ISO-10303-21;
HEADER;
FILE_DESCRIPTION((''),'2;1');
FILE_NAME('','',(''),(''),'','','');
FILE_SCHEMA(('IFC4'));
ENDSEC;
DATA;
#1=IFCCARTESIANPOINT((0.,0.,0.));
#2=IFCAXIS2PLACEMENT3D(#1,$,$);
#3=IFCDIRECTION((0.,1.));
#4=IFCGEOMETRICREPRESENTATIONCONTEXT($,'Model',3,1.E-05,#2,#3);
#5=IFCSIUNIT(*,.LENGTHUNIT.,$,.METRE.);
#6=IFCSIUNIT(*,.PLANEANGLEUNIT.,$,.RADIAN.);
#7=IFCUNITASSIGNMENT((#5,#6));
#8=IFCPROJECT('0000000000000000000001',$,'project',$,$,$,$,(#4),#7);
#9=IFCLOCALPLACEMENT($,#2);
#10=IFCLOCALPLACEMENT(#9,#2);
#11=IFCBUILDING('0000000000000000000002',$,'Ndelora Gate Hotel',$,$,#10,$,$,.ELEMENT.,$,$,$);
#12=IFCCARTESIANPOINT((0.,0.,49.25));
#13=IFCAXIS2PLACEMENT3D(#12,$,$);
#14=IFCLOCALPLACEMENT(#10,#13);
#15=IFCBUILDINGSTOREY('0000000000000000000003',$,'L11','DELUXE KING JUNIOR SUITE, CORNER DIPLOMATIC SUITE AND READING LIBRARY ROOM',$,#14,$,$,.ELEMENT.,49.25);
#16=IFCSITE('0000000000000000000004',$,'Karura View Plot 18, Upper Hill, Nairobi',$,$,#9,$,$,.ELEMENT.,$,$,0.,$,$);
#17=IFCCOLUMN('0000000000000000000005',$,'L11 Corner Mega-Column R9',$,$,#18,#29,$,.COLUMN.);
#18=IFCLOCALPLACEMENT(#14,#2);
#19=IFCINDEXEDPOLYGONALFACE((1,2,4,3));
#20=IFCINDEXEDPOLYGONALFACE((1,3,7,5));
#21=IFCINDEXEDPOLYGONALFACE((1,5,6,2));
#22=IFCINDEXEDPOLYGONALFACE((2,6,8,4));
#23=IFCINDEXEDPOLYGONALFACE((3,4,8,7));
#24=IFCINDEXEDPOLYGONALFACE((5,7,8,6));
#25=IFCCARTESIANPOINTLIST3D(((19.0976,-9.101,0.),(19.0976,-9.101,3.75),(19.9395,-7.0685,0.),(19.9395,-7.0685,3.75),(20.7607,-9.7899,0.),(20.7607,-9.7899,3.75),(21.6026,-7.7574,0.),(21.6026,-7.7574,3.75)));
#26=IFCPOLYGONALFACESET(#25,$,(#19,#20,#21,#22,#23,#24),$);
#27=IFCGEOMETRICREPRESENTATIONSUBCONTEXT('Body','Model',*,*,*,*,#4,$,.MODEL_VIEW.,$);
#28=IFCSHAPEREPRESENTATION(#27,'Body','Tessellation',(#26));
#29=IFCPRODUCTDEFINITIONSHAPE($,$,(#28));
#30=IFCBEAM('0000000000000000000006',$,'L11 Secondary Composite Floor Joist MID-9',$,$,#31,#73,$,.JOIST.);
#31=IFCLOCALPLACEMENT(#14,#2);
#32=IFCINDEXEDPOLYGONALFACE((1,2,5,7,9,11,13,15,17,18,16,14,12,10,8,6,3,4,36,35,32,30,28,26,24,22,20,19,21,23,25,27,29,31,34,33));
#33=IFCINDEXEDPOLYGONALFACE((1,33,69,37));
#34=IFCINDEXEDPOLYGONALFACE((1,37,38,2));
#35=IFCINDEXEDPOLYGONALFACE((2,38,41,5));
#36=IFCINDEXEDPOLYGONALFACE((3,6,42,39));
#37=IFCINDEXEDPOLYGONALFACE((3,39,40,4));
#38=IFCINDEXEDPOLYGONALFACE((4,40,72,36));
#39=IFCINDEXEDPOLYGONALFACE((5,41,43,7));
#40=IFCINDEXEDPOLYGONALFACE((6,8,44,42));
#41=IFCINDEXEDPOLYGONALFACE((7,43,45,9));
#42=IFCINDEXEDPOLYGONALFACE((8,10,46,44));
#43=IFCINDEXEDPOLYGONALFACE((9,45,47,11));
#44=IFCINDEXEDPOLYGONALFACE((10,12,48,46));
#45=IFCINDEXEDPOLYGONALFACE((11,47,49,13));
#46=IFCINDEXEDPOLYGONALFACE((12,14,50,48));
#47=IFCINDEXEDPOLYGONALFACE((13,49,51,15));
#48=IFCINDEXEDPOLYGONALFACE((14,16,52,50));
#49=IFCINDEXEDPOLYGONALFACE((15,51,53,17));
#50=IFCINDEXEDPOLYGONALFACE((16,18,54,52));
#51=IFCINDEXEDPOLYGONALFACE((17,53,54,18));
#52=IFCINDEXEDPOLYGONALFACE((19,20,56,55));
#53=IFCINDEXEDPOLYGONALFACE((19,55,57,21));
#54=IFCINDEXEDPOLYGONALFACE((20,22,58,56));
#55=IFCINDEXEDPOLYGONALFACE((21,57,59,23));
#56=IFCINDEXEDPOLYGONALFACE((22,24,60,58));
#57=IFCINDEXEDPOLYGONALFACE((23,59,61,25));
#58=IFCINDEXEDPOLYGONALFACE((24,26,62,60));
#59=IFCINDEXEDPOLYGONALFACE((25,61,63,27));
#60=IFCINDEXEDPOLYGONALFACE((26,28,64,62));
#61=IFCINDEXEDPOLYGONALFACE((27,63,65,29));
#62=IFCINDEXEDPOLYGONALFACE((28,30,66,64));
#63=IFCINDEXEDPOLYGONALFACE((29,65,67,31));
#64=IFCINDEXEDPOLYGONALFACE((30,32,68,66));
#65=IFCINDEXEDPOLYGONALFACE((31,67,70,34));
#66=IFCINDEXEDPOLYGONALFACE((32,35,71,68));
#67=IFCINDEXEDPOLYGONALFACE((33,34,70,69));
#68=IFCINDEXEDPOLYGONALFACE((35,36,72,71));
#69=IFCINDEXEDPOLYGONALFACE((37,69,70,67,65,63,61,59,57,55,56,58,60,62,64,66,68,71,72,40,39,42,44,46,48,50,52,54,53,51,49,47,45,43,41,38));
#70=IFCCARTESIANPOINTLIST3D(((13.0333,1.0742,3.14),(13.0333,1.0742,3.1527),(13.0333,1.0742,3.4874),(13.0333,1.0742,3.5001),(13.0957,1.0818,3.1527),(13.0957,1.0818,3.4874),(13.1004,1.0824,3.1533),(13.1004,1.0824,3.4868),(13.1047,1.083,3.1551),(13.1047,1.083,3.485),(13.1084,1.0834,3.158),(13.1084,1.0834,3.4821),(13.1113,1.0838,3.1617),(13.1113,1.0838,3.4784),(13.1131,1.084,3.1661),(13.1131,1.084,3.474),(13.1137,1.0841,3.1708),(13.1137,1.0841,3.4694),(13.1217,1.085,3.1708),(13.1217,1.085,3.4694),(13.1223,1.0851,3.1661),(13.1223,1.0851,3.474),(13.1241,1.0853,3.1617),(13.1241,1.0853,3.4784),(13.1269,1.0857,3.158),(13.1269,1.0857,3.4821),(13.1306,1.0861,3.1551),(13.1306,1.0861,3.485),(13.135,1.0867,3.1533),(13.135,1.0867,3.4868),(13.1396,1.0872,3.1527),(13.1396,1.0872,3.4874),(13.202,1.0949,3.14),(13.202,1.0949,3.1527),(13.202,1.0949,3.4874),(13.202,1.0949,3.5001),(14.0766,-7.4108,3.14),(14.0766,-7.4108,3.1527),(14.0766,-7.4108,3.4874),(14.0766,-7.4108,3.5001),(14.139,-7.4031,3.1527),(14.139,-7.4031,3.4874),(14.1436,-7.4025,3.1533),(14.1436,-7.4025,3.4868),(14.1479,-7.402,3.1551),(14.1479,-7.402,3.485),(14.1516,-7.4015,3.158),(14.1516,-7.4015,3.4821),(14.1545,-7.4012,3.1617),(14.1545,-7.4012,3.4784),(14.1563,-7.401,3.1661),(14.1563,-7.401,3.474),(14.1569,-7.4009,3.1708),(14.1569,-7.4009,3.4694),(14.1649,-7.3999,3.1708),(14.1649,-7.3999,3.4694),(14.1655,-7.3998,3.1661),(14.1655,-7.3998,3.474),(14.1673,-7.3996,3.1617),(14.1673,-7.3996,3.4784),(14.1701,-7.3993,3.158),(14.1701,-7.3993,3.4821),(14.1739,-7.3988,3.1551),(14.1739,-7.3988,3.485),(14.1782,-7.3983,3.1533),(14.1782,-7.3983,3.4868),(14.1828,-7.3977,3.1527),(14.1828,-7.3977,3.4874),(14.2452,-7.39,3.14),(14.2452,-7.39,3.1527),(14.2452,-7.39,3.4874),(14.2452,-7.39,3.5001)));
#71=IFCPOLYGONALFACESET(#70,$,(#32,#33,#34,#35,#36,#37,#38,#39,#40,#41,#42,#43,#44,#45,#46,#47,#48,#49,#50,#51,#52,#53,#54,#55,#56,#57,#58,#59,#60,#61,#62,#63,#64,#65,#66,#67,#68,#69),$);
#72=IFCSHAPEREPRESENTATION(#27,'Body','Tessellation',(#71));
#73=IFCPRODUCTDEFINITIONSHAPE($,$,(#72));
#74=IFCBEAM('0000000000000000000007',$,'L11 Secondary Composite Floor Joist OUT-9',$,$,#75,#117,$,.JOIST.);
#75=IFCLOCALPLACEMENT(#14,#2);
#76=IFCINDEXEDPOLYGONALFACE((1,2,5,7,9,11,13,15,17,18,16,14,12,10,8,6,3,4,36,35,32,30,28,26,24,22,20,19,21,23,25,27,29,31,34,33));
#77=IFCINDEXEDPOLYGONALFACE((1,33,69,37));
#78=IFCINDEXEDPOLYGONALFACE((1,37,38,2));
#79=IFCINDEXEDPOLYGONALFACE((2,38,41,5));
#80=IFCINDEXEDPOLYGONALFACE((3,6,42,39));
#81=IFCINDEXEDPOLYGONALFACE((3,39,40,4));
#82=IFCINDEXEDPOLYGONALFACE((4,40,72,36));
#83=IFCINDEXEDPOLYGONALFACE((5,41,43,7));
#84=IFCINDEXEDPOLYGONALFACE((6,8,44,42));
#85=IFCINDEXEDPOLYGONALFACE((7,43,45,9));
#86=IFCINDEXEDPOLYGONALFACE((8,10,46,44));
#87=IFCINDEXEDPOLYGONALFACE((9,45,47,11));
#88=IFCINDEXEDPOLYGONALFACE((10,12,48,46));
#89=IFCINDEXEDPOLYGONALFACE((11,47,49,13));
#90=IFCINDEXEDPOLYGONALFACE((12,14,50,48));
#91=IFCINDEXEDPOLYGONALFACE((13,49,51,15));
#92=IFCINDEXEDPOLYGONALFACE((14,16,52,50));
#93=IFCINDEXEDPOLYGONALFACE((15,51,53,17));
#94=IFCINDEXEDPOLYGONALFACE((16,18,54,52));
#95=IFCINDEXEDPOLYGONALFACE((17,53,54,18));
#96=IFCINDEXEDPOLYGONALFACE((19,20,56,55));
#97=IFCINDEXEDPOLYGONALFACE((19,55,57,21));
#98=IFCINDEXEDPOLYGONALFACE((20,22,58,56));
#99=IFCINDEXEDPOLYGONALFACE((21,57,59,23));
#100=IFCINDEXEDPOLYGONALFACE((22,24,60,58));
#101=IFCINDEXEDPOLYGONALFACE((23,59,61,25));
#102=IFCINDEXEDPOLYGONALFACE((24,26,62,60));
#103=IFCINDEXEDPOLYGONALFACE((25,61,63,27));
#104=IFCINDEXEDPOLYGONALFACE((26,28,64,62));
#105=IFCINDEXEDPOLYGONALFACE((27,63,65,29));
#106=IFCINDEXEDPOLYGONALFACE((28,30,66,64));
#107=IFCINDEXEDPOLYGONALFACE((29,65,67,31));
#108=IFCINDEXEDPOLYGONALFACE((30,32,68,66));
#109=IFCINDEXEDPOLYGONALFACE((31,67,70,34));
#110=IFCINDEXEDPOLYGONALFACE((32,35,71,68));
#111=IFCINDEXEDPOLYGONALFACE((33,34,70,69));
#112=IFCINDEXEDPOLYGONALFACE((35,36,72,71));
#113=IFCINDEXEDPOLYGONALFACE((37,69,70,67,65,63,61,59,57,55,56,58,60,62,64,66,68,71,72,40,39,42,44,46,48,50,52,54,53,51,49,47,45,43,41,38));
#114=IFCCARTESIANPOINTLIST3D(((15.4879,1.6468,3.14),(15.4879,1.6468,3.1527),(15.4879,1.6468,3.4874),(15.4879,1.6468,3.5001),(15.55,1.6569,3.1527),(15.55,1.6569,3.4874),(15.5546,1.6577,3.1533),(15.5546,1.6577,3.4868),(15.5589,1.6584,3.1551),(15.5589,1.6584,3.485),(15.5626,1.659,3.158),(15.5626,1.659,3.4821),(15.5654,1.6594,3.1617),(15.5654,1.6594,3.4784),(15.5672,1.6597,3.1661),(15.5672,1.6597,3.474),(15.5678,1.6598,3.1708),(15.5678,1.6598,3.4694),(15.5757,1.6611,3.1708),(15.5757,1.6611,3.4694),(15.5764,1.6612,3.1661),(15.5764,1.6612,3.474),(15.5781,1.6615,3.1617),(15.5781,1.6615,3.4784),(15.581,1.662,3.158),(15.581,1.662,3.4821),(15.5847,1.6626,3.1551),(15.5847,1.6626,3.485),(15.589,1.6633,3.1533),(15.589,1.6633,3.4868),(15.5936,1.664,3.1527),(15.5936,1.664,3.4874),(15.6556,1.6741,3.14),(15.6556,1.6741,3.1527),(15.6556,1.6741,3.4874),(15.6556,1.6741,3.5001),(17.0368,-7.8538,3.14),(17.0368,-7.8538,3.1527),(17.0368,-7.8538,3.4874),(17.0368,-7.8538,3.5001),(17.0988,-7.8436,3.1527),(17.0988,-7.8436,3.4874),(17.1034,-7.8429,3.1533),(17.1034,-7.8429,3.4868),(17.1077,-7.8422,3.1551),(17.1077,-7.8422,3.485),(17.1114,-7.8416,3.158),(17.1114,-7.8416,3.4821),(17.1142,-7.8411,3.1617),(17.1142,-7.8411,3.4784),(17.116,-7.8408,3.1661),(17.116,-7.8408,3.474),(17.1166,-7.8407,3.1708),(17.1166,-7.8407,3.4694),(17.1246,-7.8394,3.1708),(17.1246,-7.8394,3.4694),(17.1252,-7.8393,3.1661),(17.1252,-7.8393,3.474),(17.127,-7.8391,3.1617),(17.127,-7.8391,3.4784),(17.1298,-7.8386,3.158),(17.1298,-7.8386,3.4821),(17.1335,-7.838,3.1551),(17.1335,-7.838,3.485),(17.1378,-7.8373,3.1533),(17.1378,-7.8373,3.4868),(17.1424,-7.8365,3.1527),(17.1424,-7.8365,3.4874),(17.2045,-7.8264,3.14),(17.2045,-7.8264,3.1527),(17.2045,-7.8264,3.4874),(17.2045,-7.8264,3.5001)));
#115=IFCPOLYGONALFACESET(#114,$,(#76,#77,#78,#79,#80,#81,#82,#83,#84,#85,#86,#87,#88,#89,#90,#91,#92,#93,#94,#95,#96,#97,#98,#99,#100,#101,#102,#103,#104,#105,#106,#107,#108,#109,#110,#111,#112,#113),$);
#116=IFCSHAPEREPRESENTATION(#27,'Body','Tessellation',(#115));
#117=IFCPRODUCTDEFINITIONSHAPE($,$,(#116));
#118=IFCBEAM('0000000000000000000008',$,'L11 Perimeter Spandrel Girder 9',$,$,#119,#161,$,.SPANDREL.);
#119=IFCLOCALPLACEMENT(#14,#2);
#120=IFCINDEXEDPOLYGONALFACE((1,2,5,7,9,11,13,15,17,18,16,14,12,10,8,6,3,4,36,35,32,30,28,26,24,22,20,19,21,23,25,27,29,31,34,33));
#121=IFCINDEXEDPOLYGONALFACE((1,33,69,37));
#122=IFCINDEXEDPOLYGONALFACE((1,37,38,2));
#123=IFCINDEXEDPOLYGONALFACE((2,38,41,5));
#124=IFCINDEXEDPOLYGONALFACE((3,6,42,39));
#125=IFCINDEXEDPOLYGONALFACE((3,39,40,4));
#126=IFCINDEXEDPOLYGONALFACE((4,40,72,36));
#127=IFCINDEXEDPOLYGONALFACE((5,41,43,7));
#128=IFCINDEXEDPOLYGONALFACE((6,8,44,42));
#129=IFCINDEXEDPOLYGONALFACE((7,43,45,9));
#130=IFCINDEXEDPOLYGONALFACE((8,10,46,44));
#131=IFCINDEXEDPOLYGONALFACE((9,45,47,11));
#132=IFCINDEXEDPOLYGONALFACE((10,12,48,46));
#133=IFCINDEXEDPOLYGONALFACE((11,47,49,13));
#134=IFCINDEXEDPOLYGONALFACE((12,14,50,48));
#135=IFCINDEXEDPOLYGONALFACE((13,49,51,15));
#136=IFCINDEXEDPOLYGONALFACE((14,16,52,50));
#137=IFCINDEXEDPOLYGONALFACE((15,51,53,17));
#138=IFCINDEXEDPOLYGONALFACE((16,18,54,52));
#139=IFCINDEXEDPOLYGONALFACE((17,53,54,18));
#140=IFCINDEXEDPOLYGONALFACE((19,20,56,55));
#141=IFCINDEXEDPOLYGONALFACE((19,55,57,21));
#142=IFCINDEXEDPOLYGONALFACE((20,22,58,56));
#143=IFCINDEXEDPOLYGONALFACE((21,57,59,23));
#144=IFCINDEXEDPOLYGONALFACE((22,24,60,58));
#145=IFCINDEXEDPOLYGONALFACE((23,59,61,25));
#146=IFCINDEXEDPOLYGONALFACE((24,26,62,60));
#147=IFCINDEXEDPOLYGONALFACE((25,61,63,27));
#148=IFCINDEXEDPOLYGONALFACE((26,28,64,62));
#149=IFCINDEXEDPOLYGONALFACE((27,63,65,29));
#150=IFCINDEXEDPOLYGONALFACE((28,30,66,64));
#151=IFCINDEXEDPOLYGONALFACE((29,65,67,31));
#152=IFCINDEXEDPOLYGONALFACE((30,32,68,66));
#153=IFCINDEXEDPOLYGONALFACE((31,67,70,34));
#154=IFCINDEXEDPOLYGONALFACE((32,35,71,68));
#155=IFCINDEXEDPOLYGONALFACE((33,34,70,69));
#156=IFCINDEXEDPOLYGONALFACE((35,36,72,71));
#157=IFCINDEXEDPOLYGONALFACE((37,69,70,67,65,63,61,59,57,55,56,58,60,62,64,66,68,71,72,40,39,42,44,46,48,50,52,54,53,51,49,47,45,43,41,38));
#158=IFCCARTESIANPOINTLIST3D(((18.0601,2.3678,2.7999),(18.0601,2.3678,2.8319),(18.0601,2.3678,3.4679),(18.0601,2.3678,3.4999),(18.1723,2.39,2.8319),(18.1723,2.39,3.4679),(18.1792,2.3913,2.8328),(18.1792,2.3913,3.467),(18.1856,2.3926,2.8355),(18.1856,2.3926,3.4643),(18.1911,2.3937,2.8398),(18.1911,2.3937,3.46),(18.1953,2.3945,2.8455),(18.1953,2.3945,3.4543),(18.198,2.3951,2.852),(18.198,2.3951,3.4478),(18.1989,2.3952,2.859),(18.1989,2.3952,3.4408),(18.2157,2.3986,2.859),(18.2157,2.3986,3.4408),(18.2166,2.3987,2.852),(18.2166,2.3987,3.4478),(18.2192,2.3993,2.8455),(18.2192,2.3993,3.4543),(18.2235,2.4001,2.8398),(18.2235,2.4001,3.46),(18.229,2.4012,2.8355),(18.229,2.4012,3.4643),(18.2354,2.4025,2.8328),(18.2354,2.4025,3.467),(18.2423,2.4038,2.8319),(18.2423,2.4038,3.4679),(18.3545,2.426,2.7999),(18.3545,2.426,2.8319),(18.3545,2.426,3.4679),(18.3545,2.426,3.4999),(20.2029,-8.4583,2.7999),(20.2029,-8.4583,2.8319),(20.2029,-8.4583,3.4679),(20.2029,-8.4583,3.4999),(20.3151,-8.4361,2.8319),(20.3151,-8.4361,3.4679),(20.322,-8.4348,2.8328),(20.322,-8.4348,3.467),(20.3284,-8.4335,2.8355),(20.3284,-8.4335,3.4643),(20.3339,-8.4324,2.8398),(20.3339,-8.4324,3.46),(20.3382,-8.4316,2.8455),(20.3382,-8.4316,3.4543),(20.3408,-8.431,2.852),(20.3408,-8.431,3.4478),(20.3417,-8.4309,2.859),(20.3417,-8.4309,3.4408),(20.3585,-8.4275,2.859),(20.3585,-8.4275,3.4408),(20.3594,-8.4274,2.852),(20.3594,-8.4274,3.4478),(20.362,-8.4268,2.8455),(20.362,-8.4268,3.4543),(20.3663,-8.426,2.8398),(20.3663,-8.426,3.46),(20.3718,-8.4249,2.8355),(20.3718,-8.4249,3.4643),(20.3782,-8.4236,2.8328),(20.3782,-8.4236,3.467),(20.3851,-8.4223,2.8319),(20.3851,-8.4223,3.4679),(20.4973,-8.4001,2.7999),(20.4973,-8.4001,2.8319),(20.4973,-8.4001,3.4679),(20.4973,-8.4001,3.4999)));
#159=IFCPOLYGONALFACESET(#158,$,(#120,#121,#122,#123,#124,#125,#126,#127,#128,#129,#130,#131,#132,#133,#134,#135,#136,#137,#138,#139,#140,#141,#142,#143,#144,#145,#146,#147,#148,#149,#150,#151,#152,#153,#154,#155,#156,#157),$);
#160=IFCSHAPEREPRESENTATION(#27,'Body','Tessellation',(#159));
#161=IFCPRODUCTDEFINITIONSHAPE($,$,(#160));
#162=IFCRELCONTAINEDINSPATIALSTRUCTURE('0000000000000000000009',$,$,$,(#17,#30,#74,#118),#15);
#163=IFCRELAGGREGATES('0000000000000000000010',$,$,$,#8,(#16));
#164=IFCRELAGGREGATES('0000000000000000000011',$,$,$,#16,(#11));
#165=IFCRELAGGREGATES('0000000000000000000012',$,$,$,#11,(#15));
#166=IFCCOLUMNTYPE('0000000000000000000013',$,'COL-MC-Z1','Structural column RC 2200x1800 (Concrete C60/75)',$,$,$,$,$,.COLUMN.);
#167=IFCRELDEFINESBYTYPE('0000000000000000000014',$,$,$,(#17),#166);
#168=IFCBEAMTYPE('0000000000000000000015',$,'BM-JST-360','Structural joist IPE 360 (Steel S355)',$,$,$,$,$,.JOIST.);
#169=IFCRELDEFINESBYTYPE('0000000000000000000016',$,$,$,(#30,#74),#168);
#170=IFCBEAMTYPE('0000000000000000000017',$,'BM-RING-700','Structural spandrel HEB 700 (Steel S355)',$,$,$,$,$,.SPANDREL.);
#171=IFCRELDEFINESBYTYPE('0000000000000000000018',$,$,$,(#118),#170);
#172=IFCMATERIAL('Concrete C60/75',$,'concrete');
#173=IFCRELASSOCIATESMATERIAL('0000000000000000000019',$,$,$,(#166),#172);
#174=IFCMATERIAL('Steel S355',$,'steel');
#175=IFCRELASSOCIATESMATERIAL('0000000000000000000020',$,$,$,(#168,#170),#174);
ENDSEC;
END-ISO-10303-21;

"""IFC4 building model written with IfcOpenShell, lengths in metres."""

from ifc_helpers import new_model, si_unit, direction, frame, origin, origin_2d, place, context, subcontext, project, spatial, rectangle, i_section, extrude, material, material_profile, profile_set, type_object, element, save


model = new_model("IFC4")

# Units and contexts
model_context = context("Model", 3, precision=1e-05, world=origin(), true_north=direction((0.0, 1.0)))
body_context = subcontext(model_context, "Body", "Model", "MODEL_VIEW")
ifc_project = project(units=[si_unit("LENGTHUNIT", "METRE"), si_unit("PLANEANGLEUNIT", "RADIAN")], contexts=[model_context])

# Site, building, storey
site_placement = place(None, origin())
site = spatial("IfcSite", under=ifc_project, at=site_placement, Name="Karura View Plot 18, Upper Hill, Nairobi", CompositionType="ELEMENT", RefElevation=0.0)
building_placement = place(site_placement, origin())
building = spatial("IfcBuilding", under=site, at=building_placement, Name="Ndelora Gate Hotel", CompositionType="ELEMENT")
storey_placement = place(building_placement, frame((0.0, 0.0, 49.25)))
storey = spatial("IfcBuildingStorey", under=building, at=storey_placement, Name="L11", Description="DELUXE KING JUNIOR SUITE, CORNER DIPLOMATIC SUITE AND READING LIBRARY ROOM", CompositionType="ELEMENT", Elevation=49.25)

# Column
ifc_material_1 = material(Name="Concrete C60/75", Category="concrete")
ifc_material_profile_1 = material_profile(ifc_material_1, rectangle(XDim=1.8, YDim=2.2, at=origin_2d()), Name="RC 2200x1800")
ifc_profile_set_1 = profile_set([ifc_material_profile_1], Name="Concrete C60/75")
column_type = type_object("IfcColumnType", Name="COL-MC-Z1", Description="Structural column RC 2200x1800 (Concrete C60/75)", PredefinedType="COLUMN", material=ifc_profile_set_1)
column_placement = place(storey_placement, frame((20.3501, -8.4292, 0.0), z_axis=(0.0, 0.0, 1.0), x_axis=(-0.92388, 0.382683, 0.0)))
element("IfcColumn", 1, at=column_placement, inside=storey, type_object=column_type, Name="L11 Corner Mega-Column R9", PredefinedType="COLUMN", context=body_context, shape_type="SweptSolid", body=[
    extrude(rectangle(XDim=1.8, YDim=2.2, at=origin_2d()), origin(), (0.0, 0.0, 1.0), 3.75),
])

# Beams
ifc_material_2 = material(Name="Steel S355", Category="steel")
ifc_material_profile_2 = material_profile(ifc_material_2, i_section(OverallWidth=0.1699, OverallDepth=0.3601, WebThickness=0.0081, FlangeThickness=0.0127, FilletRadius=0.0181, at=origin_2d()), Name="IPE 360")
ifc_profile_set_2 = profile_set([ifc_material_profile_2], Name="Steel S355")
beam_type_1 = type_object("IfcBeamType", Name="BM-JST-360", Description="Structural joist IPE 360 (Steel S355)", PredefinedType="JOIST", material=ifc_profile_set_2)
beam_1_placement = place(storey_placement, frame((14.1609, -7.4004, 3.3201), z_axis=(-0.122031, 0.992526, 0.0), x_axis=(-0.992526, -0.122031, 0.0)))
element("IfcBeam", 2, at=beam_1_placement, inside=storey, type_object=beam_type_1, Name="L11 Secondary Composite Floor Joist MID-9", PredefinedType="JOIST", context=body_context, shape_type="SweptSolid", body=[
    extrude(i_section(OverallWidth=0.1699, OverallDepth=0.3601, WebThickness=0.0081, FlangeThickness=0.0127, FilletRadius=0.0181, at=origin_2d()), origin(), (0.0, 0.0, 1.0), 8.5488),
])
beam_2_placement = place(storey_placement, frame((17.1206, -7.8401, 3.3201), z_axis=(-0.160902, 0.98697, 0.0), x_axis=(-0.98697, -0.160902, 0.0)))
element("IfcBeam", 3, at=beam_2_placement, inside=storey, type_object=beam_type_1, Name="L11 Secondary Composite Floor Joist OUT-9", PredefinedType="JOIST", context=body_context, shape_type="SweptSolid", body=[
    extrude(i_section(OverallWidth=0.1699, OverallDepth=0.3601, WebThickness=0.0081, FlangeThickness=0.0127, FilletRadius=0.0181, at=origin_2d()), origin(), (0.0, 0.0, 1.0), 9.626),
])
ifc_material_profile_3 = material_profile(ifc_material_2, i_section(OverallWidth=0.3, OverallDepth=0.7, WebThickness=0.0171, FlangeThickness=0.032, FilletRadius=0.0271, at=origin_2d()), Name="HEB 700")
ifc_profile_set_3 = profile_set([ifc_material_profile_3], Name="Steel S355")
beam_type_2 = type_object("IfcBeamType", Name="BM-RING-700", Description="Structural spandrel HEB 700 (Steel S355)", PredefinedType="SPANDREL", material=ifc_profile_set_3)
beam_3_placement = place(storey_placement, frame((20.3501, -8.4292, 3.1499), z_axis=(-0.194163, 0.980969, 0.0), x_axis=(-0.980969, -0.194163, 0.0)))
element("IfcBeam", 4, at=beam_3_placement, inside=storey, type_object=beam_type_2, Name="L11 Perimeter Spandrel Girder 9", PredefinedType="SPANDREL", context=body_context, shape_type="SweptSolid", body=[
    extrude(i_section(OverallWidth=0.3, OverallDepth=0.7, WebThickness=0.0171, FlangeThickness=0.032, FilletRadius=0.0271, at=origin_2d()), origin(), (0.0, 0.0, 1.0), 11.0361),
])

save(model, "model.ifc")
